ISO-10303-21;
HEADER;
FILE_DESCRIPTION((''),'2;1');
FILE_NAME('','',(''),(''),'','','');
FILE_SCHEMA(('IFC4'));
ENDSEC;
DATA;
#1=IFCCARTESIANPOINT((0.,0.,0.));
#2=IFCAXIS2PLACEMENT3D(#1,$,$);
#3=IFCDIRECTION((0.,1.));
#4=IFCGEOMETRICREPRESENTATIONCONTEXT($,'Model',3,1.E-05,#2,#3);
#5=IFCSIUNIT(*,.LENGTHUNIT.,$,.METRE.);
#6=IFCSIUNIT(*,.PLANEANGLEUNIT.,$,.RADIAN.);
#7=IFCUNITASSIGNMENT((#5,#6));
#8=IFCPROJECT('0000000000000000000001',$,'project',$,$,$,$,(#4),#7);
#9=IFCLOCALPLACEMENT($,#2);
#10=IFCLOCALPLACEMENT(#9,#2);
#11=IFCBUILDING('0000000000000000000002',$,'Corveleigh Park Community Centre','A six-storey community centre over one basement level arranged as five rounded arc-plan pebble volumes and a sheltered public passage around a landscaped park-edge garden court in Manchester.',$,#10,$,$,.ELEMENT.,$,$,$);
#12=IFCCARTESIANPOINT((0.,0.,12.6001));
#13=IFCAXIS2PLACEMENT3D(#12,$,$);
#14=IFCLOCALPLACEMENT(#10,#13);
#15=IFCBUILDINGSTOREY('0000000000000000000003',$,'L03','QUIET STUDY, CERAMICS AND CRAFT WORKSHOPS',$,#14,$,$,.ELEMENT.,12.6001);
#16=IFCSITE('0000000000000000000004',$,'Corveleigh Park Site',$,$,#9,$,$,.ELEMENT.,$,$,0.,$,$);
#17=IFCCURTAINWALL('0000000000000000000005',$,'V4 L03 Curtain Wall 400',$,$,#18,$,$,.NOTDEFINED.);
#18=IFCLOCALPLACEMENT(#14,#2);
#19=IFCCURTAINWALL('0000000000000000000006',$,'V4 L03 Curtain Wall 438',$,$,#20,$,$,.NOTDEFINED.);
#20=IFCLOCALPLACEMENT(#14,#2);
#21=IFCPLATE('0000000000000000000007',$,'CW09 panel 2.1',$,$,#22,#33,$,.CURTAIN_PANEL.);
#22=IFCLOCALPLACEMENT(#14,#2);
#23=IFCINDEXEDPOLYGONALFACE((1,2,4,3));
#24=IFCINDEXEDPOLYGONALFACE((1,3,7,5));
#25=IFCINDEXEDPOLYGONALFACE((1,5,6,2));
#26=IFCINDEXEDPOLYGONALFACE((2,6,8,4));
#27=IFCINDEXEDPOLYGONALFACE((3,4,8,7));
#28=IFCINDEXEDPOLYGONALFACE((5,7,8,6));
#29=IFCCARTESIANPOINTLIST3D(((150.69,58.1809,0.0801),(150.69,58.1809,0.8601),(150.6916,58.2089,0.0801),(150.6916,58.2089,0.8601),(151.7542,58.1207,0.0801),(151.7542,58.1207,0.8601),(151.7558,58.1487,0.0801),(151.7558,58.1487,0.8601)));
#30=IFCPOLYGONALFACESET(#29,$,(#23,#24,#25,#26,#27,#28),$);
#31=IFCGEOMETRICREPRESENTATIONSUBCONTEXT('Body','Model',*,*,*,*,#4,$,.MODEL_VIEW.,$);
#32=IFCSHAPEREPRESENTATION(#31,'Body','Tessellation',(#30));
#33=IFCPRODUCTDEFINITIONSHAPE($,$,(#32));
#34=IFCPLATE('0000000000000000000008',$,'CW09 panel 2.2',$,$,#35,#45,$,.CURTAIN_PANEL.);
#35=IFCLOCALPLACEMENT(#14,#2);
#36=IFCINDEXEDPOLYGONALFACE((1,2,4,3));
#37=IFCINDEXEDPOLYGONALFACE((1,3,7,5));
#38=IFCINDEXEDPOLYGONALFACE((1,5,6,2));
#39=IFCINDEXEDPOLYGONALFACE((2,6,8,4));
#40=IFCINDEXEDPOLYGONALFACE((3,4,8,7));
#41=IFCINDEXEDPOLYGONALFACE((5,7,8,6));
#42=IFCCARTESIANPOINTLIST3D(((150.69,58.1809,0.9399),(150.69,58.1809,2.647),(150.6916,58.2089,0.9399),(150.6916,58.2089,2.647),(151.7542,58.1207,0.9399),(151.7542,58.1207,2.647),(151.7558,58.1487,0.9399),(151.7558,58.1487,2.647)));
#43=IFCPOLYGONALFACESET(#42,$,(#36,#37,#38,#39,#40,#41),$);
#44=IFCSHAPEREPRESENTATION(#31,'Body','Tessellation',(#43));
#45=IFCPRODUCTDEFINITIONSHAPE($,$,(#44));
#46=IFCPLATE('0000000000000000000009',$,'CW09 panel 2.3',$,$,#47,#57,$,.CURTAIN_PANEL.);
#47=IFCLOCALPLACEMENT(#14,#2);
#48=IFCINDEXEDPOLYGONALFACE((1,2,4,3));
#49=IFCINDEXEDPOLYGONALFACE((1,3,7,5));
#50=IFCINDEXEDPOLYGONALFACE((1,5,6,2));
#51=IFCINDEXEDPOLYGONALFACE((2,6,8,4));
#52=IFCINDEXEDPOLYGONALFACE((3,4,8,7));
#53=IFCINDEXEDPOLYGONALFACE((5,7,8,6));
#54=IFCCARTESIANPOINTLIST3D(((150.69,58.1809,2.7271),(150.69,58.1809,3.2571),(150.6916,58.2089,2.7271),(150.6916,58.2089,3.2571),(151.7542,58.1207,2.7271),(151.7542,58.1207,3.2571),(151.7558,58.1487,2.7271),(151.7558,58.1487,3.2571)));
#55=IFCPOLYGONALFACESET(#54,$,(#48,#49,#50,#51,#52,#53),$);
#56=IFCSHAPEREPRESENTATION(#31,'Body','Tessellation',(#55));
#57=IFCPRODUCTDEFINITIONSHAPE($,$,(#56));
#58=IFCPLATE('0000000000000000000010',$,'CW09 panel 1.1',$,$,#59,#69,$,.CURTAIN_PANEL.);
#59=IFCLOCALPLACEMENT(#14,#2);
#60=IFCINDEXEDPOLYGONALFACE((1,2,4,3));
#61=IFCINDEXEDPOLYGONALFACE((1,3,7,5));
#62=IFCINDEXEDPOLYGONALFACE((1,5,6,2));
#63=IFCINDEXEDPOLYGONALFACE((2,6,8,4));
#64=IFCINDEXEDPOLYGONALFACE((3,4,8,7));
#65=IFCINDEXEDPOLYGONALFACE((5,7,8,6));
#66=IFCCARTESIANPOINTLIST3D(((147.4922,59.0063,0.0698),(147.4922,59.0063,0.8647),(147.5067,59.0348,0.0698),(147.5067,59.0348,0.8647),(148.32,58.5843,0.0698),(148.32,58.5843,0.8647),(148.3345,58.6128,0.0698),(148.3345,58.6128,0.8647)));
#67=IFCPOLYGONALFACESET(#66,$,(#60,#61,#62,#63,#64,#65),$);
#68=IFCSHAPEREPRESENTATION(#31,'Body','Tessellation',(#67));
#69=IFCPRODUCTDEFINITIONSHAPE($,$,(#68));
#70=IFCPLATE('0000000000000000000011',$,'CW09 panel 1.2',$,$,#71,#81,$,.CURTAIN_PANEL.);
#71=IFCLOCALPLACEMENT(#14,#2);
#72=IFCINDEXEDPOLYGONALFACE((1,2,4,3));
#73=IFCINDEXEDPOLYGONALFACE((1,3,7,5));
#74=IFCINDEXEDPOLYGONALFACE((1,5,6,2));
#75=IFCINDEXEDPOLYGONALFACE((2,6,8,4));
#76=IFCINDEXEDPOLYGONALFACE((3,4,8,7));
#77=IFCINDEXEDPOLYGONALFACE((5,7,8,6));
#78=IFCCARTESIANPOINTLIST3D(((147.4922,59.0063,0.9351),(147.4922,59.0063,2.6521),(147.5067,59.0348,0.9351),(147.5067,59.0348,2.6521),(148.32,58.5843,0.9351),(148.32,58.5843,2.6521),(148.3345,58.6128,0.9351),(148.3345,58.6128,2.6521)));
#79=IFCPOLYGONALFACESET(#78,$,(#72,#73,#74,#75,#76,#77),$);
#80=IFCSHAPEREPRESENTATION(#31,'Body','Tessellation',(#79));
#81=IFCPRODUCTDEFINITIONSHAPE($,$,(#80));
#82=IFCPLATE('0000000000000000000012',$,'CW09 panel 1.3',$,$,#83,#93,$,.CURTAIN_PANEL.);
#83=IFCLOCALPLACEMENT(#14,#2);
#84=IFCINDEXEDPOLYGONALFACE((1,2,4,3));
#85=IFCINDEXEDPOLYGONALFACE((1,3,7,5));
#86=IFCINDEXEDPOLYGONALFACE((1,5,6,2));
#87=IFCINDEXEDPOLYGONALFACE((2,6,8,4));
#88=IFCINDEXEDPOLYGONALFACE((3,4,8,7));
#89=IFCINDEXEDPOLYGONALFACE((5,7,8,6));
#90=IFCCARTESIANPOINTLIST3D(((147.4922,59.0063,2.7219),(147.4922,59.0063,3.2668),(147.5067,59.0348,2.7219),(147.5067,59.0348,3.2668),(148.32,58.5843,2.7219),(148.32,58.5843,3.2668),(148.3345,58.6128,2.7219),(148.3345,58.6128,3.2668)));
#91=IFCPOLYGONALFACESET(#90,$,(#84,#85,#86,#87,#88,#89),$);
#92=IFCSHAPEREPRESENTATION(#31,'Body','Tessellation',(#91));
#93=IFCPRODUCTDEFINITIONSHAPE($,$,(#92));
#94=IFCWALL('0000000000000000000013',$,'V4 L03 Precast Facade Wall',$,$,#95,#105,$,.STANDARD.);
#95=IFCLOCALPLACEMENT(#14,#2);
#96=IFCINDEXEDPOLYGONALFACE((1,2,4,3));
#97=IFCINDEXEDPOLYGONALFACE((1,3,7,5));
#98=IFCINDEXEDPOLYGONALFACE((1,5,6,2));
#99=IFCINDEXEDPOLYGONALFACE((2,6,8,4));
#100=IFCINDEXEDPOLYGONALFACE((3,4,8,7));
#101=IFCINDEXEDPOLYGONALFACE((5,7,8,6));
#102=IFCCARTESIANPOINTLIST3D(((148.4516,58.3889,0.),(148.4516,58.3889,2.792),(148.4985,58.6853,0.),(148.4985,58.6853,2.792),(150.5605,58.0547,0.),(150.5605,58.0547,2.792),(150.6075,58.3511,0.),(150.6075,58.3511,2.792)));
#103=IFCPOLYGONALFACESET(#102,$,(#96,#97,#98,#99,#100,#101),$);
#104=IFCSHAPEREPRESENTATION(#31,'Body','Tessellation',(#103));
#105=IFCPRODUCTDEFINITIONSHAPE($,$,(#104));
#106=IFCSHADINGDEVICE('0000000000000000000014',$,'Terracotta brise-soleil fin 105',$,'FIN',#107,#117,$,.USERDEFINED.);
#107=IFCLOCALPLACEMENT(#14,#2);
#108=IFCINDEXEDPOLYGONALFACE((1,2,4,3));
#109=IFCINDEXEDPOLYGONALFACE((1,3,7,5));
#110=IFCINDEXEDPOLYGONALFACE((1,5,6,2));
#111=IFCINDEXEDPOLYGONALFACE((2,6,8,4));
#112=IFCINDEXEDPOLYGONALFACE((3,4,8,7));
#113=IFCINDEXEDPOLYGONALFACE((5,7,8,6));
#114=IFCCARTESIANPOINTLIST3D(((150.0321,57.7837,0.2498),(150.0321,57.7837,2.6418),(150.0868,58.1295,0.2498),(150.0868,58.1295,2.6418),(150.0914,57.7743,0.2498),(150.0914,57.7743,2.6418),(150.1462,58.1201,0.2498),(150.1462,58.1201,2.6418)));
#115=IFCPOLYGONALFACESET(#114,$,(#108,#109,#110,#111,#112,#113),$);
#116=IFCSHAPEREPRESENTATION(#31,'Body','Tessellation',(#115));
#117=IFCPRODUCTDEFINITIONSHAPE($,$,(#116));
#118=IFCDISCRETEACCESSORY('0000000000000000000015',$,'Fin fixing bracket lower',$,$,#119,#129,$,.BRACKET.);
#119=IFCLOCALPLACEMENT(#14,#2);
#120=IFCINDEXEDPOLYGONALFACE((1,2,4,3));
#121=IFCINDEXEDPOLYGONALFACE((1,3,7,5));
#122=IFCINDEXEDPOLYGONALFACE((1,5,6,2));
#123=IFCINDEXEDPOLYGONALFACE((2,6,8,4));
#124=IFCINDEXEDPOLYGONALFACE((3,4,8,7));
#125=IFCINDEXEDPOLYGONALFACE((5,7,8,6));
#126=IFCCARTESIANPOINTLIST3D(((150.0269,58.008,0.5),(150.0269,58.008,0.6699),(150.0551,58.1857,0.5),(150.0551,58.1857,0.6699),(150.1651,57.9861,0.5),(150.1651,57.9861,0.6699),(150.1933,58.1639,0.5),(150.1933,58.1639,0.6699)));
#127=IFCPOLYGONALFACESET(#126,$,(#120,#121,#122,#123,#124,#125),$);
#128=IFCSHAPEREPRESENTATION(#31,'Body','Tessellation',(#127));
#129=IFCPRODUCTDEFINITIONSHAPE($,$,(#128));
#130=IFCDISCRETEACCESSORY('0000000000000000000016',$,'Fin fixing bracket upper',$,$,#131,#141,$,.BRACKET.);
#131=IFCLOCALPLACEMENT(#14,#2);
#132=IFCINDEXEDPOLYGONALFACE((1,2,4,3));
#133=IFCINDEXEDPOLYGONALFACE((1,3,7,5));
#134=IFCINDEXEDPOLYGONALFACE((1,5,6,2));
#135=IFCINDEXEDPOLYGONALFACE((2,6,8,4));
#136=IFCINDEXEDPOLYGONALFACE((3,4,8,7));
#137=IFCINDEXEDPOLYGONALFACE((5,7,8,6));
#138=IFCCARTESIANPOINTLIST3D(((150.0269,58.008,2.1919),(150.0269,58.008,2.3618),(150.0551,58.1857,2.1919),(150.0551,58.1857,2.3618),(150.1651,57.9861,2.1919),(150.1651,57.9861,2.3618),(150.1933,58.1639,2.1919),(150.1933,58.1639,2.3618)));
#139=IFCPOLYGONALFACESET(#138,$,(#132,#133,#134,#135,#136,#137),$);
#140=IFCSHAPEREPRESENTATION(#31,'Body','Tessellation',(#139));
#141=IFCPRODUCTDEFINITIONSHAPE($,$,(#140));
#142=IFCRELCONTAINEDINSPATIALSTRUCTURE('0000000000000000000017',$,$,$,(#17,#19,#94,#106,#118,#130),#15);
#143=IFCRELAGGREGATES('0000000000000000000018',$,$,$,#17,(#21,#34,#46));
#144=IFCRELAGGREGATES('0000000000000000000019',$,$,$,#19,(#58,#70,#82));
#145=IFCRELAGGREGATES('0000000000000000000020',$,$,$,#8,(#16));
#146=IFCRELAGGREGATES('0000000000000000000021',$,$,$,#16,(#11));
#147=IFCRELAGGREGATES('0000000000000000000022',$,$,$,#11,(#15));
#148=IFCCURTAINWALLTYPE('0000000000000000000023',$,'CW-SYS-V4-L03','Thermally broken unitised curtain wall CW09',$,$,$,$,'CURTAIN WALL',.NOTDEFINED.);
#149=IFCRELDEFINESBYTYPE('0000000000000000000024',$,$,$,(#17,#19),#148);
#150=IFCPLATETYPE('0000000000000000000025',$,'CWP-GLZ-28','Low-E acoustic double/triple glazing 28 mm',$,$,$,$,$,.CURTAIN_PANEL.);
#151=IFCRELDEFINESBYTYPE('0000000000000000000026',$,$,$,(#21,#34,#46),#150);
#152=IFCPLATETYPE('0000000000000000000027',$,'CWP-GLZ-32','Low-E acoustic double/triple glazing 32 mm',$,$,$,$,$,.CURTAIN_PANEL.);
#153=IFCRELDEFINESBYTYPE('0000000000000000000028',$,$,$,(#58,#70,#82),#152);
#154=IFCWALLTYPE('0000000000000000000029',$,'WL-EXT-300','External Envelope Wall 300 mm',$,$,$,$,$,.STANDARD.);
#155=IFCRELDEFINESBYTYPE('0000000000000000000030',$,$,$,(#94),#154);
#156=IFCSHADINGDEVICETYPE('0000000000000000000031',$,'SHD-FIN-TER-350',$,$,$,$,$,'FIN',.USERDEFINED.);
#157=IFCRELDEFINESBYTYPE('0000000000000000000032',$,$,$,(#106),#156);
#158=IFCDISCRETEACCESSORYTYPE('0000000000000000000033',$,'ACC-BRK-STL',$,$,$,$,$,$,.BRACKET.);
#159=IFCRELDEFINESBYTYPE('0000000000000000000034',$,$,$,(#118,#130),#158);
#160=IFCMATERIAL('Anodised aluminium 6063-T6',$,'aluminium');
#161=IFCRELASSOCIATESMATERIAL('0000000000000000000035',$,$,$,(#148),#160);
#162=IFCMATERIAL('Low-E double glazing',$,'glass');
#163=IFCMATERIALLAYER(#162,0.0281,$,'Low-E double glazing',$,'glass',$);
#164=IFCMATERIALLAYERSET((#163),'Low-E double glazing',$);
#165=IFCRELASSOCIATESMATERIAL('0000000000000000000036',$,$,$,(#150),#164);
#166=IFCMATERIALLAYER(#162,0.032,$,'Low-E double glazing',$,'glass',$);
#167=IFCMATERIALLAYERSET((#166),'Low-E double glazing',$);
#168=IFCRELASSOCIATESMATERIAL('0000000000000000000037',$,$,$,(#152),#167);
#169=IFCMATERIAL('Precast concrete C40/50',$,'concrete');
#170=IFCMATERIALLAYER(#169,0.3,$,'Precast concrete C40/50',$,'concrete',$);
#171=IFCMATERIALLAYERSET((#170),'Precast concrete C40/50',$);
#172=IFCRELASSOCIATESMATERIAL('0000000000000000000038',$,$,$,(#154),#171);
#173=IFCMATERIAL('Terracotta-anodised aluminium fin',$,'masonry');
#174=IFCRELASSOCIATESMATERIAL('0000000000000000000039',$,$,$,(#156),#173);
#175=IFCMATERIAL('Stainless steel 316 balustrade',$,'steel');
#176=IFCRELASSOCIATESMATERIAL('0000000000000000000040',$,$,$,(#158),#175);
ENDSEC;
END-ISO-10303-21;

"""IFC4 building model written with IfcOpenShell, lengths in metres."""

from ifc_helpers import new_model, si_unit, direction, frame, frame_2d, origin, origin_2d, place, context, subcontext, project, spatial, rectangle, extrude, material, layer, layer_set, type_object, element, aggregate, save


model = new_model("IFC4")

# Units and contexts
model_context = context("Model", 3, precision=1e-05, world=origin(), true_north=direction((0.0, 1.0)))
body_context = subcontext(model_context, "Body", "Model", "MODEL_VIEW")
ifc_project = project(units=[si_unit("LENGTHUNIT", "METRE"), si_unit("PLANEANGLEUNIT", "RADIAN")], contexts=[model_context])

# Site, building, storey
site_placement = place(None, origin())
site = spatial("IfcSite", under=ifc_project, at=site_placement, Name="Corveleigh Park Site", CompositionType="ELEMENT", RefElevation=0.0)
building_placement = place(site_placement, origin())
building = spatial("IfcBuilding", under=site, at=building_placement, Name="Corveleigh Park Community Centre", Description="A six-storey community centre over one basement level arranged as five rounded arc-plan pebble volumes and a sheltered public passage around a landscaped park-edge garden court in Manchester.", CompositionType="ELEMENT")
storey_placement = place(building_placement, frame((0.0, 0.0, 12.6001)))
storey = spatial("IfcBuildingStorey", under=building, at=storey_placement, Name="L03", Description="QUIET STUDY, CERAMICS AND CRAFT WORKSHOPS", CompositionType="ELEMENT", Elevation=12.6001)

# Curtain walls
ifc_material_1 = material(Name="Anodised aluminium 6063-T6", Category="aluminium")
curtain_wall_type = type_object("IfcCurtainWallType", Name="CW-SYS-V4-L03", Description="Thermally broken unitised curtain wall CW09", ElementType="CURTAIN WALL", PredefinedType="NOTDEFINED", material=ifc_material_1)
curtain_wall_1_placement = place(storey_placement, origin())
curtain_wall_1 = element("IfcCurtainWall", 1, at=curtain_wall_1_placement, inside=storey, type_object=curtain_wall_type, Name="V4 L03 Curtain Wall 400", PredefinedType="NOTDEFINED")
curtain_wall_2_placement = place(storey_placement, origin())
curtain_wall_2 = element("IfcCurtainWall", 2, at=curtain_wall_2_placement, inside=storey, type_object=curtain_wall_type, Name="V4 L03 Curtain Wall 438", PredefinedType="NOTDEFINED")

# Plates
ifc_material_2 = material(Name="Low-E double glazing", Category="glass")
ifc_layer_1 = layer(ifc_material_2, 0.0281, Name="Low-E double glazing", Category="glass")
ifc_layer_set_1 = layer_set([ifc_layer_1], Name="Low-E double glazing")
plate_type_1 = type_object("IfcPlateType", Name="CWP-GLZ-28", Description="Low-E acoustic double/triple glazing 28 mm", PredefinedType="CURTAIN_PANEL", material=ifc_layer_set_1)
plate_1_placement = place(storey_placement, frame((151.2229, 58.1648, 0.0801), z_axis=(0.0, 0.0, 1.0), x_axis=(-0.998406, 0.056434, 0.0)))
plate_1 = element("IfcPlate", 3, at=plate_1_placement, type_object=plate_type_1, Name="CW09 panel 2.1", PredefinedType="CURTAIN_PANEL", context=body_context, shape_type="SweptSolid", body=[
    extrude(rectangle(XDim=1.0659, YDim=0.0281, at=origin_2d()), origin(), (0.0, 0.0, 1.0), 0.78),
])
plate_2_placement = place(storey_placement, frame((151.2229, 58.1648, 0.9399), z_axis=(0.0, 0.0, 1.0), x_axis=(-0.998406, 0.056434, 0.0)))
plate_2 = element("IfcPlate", 4, at=plate_2_placement, type_object=plate_type_1, Name="CW09 panel 2.2", PredefinedType="CURTAIN_PANEL", context=body_context, shape_type="SweptSolid", body=[
    extrude(rectangle(XDim=1.0659, YDim=0.0281, at=origin_2d()), origin(), (0.0, 0.0, 1.0), 1.707),
])
plate_3_placement = place(storey_placement, frame((151.2229, 58.1648, 2.7271), z_axis=(0.0, 0.0, 1.0), x_axis=(-0.998406, 0.056434, 0.0)))
plate_3 = element("IfcPlate", 5, at=plate_3_placement, type_object=plate_type_1, Name="CW09 panel 2.3", PredefinedType="CURTAIN_PANEL", context=body_context, shape_type="SweptSolid", body=[
    extrude(rectangle(XDim=1.0659, YDim=0.0281, at=origin_2d()), origin(), (0.0, 0.0, 1.0), 0.53),
])
aggregate(curtain_wall_1, [plate_1, plate_2, plate_3])
ifc_layer_2 = layer(ifc_material_2, 0.032, Name="Low-E double glazing", Category="glass")
ifc_layer_set_2 = layer_set([ifc_layer_2], Name="Low-E double glazing")
plate_type_2 = type_object("IfcPlateType", Name="CWP-GLZ-32", Description="Low-E acoustic double/triple glazing 32 mm", PredefinedType="CURTAIN_PANEL", material=ifc_layer_set_2)
plate_4_placement = place(storey_placement, frame((147.9133, 58.8096, 0.0698), z_axis=(0.0, 0.0, 1.0), x_axis=(-0.890899, 0.454202, 0.0)))
plate_4 = element("IfcPlate", 6, at=plate_4_placement, type_object=plate_type_2, Name="CW09 panel 1.1", PredefinedType="CURTAIN_PANEL", context=body_context, shape_type="SweptSolid", body=[
    extrude(rectangle(XDim=0.9292, YDim=0.032, at=origin_2d()), origin(), (0.0, 0.0, 1.0), 0.7949),
])
plate_5_placement = place(storey_placement, frame((147.9133, 58.8096, 0.9351), z_axis=(0.0, 0.0, 1.0), x_axis=(-0.890899, 0.454202, 0.0)))
plate_5 = element("IfcPlate", 7, at=plate_5_placement, type_object=plate_type_2, Name="CW09 panel 1.2", PredefinedType="CURTAIN_PANEL", context=body_context, shape_type="SweptSolid", body=[
    extrude(rectangle(XDim=0.9292, YDim=0.032, at=origin_2d()), origin(), (0.0, 0.0, 1.0), 1.717),
])
plate_6_placement = place(storey_placement, frame((147.9133, 58.8096, 2.7219), z_axis=(0.0, 0.0, 1.0), x_axis=(-0.890899, 0.454202, 0.0)))
plate_6 = element("IfcPlate", 8, at=plate_6_placement, type_object=plate_type_2, Name="CW09 panel 1.3", PredefinedType="CURTAIN_PANEL", context=body_context, shape_type="SweptSolid", body=[
    extrude(rectangle(XDim=0.9292, YDim=0.032, at=origin_2d()), origin(), (0.0, 0.0, 1.0), 0.5449),
])
aggregate(curtain_wall_2, [plate_4, plate_5, plate_6])

# Wall
ifc_material_3 = material(Name="Precast concrete C40/50", Category="concrete")
ifc_layer_3 = layer(ifc_material_3, 0.3, Name="Precast concrete C40/50", Category="concrete")
ifc_layer_set_3 = layer_set([ifc_layer_3], Name="Precast concrete C40/50")
wall_type = type_object("IfcWallType", Name="WL-EXT-300", Description="External Envelope Wall 300 mm", PredefinedType="STANDARD", material=ifc_layer_set_3)
wall_placement = place(storey_placement, frame((150.584, 58.2029, 0.0), z_axis=(0.0, 0.0, 1.0), x_axis=(-0.987673, 0.156532, 0.0)))
element("IfcWall", 9, at=wall_placement, inside=storey, type_object=wall_type, Name="V4 L03 Precast Facade Wall", PredefinedType="STANDARD", context=body_context, shape_type="SweptSolid", body=[
    extrude(rectangle(XDim=2.1353, YDim=0.3, at=frame_2d((1.0676, 0.0))), origin(), (0.0, 0.0, 1.0), 2.792),
])

# Shading device
ifc_material_4 = material(Name="Terracotta-anodised aluminium fin", Category="masonry")
shading_device_type = type_object("IfcShadingDeviceType", Name="SHD-FIN-TER-350", ElementType="FIN", PredefinedType="USERDEFINED", material=ifc_material_4)
shading_device_placement = place(storey_placement, frame((150.0891, 57.9519, 0.2498), z_axis=(0.0, 0.0, 1.0), x_axis=(-0.156419, -0.987691, 0.0)))
element("IfcShadingDevice", 10, at=shading_device_placement, inside=storey, type_object=shading_device_type, Name="Terracotta brise-soleil fin 105", ObjectType="FIN", PredefinedType="USERDEFINED", context=body_context, shape_type="SweptSolid", body=[
    extrude(rectangle(XDim=0.3501, YDim=0.0601, at=origin_2d()), origin(), (0.0, 0.0, 1.0), 2.3921),
])

# Discrete accessories
ifc_material_5 = material(Name="Stainless steel 316 balustrade", Category="steel")
discrete_accessory_type = type_object("IfcDiscreteAccessoryType", Name="ACC-BRK-STL", PredefinedType="BRACKET", material=ifc_material_5)
for number, where, z_axis, x_axis, name in (
    (11, (150.1101, 58.0859, 0.5), (0.0, 0.0, 1.0), (-0.156419, -0.987691, 0.0), "Fin fixing bracket lower"),
    (12, (150.1101, 58.0859, 2.1919), (0.0, 0.0, 1.0), (-0.156419, -0.987691, 0.0), "Fin fixing bracket upper"),
):
    element("IfcDiscreteAccessory", number, at=place(storey_placement, frame(where, z_axis=z_axis, x_axis=x_axis)), inside=storey, type_object=discrete_accessory_type, Name=name, PredefinedType="BRACKET", context=body_context, shape_type="SweptSolid", body=[
        extrude(rectangle(XDim=0.1799, YDim=0.1399, at=origin_2d()), origin(), (0.0, 0.0, 1.0), 0.1699),
    ])

save(model, "model.ifc")
